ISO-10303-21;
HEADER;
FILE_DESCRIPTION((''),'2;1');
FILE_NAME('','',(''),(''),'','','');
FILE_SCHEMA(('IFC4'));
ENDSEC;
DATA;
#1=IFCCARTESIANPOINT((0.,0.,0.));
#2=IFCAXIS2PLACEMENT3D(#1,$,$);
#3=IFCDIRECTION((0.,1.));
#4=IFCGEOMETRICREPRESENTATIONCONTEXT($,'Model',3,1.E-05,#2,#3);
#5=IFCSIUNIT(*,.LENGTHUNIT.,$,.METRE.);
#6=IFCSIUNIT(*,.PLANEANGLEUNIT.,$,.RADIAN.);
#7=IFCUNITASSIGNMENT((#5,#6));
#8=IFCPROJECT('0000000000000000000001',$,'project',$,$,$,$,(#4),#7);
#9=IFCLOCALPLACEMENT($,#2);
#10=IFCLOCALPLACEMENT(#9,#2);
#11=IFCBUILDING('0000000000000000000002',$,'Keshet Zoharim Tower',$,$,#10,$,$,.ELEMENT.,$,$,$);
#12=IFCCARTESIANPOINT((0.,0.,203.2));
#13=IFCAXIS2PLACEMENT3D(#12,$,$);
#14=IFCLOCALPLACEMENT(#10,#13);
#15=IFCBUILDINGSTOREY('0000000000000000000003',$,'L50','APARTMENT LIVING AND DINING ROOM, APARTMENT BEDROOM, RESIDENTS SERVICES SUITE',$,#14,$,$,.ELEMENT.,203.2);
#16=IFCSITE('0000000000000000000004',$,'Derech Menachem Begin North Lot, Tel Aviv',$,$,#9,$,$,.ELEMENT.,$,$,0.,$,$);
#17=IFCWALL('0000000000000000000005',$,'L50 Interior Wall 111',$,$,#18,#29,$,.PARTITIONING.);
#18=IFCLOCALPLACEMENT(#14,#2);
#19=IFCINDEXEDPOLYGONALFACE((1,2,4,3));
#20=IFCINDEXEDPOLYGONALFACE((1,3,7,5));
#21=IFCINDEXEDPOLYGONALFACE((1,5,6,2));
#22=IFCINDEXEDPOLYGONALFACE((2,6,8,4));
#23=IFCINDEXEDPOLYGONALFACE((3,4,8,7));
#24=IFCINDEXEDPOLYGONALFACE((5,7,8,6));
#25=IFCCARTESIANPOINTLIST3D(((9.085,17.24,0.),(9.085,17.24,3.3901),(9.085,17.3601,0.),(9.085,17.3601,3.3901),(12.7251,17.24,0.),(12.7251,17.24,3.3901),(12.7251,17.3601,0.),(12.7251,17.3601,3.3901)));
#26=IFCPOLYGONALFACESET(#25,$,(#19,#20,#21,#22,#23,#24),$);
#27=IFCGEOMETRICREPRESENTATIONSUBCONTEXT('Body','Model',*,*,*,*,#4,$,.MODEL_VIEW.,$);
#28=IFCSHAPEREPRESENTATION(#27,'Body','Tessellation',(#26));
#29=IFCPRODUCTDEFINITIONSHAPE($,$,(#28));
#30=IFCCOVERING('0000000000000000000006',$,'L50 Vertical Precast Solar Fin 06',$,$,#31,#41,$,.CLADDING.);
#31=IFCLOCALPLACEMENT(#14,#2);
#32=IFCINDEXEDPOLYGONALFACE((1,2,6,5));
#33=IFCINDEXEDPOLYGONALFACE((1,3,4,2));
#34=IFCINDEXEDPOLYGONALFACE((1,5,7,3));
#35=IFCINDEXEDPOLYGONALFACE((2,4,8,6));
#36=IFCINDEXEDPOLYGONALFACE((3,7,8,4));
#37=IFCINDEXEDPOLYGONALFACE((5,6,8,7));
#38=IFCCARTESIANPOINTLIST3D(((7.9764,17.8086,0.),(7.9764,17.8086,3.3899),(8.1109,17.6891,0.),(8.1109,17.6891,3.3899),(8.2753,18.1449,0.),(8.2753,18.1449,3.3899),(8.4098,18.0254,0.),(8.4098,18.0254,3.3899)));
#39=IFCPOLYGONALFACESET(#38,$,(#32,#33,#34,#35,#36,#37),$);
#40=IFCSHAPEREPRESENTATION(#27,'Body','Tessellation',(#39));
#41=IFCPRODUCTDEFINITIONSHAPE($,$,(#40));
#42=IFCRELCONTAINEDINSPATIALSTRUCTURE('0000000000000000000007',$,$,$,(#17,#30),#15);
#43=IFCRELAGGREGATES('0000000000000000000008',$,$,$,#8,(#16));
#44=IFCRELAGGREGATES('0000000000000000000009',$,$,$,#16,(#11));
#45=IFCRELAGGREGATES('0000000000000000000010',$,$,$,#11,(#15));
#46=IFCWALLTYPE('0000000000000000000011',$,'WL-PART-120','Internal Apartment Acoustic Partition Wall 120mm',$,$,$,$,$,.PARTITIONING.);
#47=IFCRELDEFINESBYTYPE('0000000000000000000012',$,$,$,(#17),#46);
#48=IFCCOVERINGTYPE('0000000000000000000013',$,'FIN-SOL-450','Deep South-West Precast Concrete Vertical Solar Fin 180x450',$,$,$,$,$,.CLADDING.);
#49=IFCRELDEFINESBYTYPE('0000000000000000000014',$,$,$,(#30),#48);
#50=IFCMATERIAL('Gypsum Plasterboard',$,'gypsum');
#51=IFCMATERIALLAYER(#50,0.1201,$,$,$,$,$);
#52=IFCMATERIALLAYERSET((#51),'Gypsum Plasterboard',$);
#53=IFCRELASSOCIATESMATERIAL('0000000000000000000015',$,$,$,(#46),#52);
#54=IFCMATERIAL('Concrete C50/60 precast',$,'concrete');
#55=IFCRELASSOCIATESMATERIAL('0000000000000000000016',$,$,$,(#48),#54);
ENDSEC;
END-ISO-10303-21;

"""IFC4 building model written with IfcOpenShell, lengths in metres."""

from ifc_helpers import new_model, si_unit, direction, frame, frame_2d, origin, origin_2d, place, context, subcontext, project, spatial, rectangle, extrude, material, layer, layer_set, type_object, element, save


model = new_model("IFC4")

# Units and contexts
model_context = context("Model", 3, precision=1e-05, world=origin(), true_north=direction((0.0, 1.0)))
body_context = subcontext(model_context, "Body", "Model", "MODEL_VIEW")
ifc_project = project(units=[si_unit("LENGTHUNIT", "METRE"), si_unit("PLANEANGLEUNIT", "RADIAN")], contexts=[model_context])

# Site, building, storey
site_placement = place(None, origin())
site = spatial("IfcSite", under=ifc_project, at=site_placement, Name="Derech Menachem Begin North Lot, Tel Aviv", CompositionType="ELEMENT", RefElevation=0.0)
building_placement = place(site_placement, origin())
building = spatial("IfcBuilding", under=site, at=building_placement, Name="Keshet Zoharim Tower", CompositionType="ELEMENT")
storey_placement = place(building_placement, frame((0.0, 0.0, 203.2)))
storey = spatial("IfcBuildingStorey", under=building, at=storey_placement, Name="L50", Description="APARTMENT LIVING AND DINING ROOM, APARTMENT BEDROOM, RESIDENTS SERVICES SUITE", CompositionType="ELEMENT", Elevation=203.2)

# Shared definitions
ifc_material_1 = material(Name="Gypsum Plasterboard", Category="gypsum")

# Wall
ifc_layer_1 = layer(ifc_material_1, 0.1201)
ifc_layer_set_1 = layer_set([ifc_layer_1], Name="Gypsum Plasterboard")
wall_type_1 = type_object("IfcWallType", Name="WL-PART-120", Description="Internal Apartment Acoustic Partition Wall 120mm", PredefinedType="PARTITIONING", material=ifc_layer_set_1)
wall_1_placement = place(storey_placement, frame((9.085, 17.3, 0.0), z_axis=(0.0, 0.0, 1.0), x_axis=(1.0, 0.0, 0.0)))
element("IfcWall", 1, at=wall_1_placement, inside=storey, type_object=wall_type_1, Name="L50 Interior Wall 111", PredefinedType="PARTITIONING", context=body_context, shape_type="SweptSolid", body=[
    extrude(rectangle(XDim=3.6401, YDim=0.1201, at=frame_2d((1.8201, 0.0))), origin(), (0.0, 0.0, 1.0), 3.3901),
])

# Covering
ifc_material_2 = material(Name="Concrete C50/60 precast", Category="concrete")
covering_type = type_object("IfcCoveringType", Name="FIN-SOL-450", Description="Deep South-West Precast Concrete Vertical Solar Fin 180x450", PredefinedType="CLADDING", material=ifc_material_2)
covering_placement = place(storey_placement, frame((8.1931, 17.917, 0.0), z_axis=(0.0, 0.0, 1.0), x_axis=(-0.747409, 0.664364, 0.0)))
element("IfcCovering", 2, at=covering_placement, inside=storey, type_object=covering_type, Name="L50 Vertical Precast Solar Fin 06", PredefinedType="CLADDING", context=body_context, shape_type="SweptSolid", body=[
    extrude(rectangle(XDim=0.1799, YDim=0.45, at=origin_2d()), origin(), (0.0, 0.0, 1.0), 3.3899),
])

save(model, "model.ifc")
